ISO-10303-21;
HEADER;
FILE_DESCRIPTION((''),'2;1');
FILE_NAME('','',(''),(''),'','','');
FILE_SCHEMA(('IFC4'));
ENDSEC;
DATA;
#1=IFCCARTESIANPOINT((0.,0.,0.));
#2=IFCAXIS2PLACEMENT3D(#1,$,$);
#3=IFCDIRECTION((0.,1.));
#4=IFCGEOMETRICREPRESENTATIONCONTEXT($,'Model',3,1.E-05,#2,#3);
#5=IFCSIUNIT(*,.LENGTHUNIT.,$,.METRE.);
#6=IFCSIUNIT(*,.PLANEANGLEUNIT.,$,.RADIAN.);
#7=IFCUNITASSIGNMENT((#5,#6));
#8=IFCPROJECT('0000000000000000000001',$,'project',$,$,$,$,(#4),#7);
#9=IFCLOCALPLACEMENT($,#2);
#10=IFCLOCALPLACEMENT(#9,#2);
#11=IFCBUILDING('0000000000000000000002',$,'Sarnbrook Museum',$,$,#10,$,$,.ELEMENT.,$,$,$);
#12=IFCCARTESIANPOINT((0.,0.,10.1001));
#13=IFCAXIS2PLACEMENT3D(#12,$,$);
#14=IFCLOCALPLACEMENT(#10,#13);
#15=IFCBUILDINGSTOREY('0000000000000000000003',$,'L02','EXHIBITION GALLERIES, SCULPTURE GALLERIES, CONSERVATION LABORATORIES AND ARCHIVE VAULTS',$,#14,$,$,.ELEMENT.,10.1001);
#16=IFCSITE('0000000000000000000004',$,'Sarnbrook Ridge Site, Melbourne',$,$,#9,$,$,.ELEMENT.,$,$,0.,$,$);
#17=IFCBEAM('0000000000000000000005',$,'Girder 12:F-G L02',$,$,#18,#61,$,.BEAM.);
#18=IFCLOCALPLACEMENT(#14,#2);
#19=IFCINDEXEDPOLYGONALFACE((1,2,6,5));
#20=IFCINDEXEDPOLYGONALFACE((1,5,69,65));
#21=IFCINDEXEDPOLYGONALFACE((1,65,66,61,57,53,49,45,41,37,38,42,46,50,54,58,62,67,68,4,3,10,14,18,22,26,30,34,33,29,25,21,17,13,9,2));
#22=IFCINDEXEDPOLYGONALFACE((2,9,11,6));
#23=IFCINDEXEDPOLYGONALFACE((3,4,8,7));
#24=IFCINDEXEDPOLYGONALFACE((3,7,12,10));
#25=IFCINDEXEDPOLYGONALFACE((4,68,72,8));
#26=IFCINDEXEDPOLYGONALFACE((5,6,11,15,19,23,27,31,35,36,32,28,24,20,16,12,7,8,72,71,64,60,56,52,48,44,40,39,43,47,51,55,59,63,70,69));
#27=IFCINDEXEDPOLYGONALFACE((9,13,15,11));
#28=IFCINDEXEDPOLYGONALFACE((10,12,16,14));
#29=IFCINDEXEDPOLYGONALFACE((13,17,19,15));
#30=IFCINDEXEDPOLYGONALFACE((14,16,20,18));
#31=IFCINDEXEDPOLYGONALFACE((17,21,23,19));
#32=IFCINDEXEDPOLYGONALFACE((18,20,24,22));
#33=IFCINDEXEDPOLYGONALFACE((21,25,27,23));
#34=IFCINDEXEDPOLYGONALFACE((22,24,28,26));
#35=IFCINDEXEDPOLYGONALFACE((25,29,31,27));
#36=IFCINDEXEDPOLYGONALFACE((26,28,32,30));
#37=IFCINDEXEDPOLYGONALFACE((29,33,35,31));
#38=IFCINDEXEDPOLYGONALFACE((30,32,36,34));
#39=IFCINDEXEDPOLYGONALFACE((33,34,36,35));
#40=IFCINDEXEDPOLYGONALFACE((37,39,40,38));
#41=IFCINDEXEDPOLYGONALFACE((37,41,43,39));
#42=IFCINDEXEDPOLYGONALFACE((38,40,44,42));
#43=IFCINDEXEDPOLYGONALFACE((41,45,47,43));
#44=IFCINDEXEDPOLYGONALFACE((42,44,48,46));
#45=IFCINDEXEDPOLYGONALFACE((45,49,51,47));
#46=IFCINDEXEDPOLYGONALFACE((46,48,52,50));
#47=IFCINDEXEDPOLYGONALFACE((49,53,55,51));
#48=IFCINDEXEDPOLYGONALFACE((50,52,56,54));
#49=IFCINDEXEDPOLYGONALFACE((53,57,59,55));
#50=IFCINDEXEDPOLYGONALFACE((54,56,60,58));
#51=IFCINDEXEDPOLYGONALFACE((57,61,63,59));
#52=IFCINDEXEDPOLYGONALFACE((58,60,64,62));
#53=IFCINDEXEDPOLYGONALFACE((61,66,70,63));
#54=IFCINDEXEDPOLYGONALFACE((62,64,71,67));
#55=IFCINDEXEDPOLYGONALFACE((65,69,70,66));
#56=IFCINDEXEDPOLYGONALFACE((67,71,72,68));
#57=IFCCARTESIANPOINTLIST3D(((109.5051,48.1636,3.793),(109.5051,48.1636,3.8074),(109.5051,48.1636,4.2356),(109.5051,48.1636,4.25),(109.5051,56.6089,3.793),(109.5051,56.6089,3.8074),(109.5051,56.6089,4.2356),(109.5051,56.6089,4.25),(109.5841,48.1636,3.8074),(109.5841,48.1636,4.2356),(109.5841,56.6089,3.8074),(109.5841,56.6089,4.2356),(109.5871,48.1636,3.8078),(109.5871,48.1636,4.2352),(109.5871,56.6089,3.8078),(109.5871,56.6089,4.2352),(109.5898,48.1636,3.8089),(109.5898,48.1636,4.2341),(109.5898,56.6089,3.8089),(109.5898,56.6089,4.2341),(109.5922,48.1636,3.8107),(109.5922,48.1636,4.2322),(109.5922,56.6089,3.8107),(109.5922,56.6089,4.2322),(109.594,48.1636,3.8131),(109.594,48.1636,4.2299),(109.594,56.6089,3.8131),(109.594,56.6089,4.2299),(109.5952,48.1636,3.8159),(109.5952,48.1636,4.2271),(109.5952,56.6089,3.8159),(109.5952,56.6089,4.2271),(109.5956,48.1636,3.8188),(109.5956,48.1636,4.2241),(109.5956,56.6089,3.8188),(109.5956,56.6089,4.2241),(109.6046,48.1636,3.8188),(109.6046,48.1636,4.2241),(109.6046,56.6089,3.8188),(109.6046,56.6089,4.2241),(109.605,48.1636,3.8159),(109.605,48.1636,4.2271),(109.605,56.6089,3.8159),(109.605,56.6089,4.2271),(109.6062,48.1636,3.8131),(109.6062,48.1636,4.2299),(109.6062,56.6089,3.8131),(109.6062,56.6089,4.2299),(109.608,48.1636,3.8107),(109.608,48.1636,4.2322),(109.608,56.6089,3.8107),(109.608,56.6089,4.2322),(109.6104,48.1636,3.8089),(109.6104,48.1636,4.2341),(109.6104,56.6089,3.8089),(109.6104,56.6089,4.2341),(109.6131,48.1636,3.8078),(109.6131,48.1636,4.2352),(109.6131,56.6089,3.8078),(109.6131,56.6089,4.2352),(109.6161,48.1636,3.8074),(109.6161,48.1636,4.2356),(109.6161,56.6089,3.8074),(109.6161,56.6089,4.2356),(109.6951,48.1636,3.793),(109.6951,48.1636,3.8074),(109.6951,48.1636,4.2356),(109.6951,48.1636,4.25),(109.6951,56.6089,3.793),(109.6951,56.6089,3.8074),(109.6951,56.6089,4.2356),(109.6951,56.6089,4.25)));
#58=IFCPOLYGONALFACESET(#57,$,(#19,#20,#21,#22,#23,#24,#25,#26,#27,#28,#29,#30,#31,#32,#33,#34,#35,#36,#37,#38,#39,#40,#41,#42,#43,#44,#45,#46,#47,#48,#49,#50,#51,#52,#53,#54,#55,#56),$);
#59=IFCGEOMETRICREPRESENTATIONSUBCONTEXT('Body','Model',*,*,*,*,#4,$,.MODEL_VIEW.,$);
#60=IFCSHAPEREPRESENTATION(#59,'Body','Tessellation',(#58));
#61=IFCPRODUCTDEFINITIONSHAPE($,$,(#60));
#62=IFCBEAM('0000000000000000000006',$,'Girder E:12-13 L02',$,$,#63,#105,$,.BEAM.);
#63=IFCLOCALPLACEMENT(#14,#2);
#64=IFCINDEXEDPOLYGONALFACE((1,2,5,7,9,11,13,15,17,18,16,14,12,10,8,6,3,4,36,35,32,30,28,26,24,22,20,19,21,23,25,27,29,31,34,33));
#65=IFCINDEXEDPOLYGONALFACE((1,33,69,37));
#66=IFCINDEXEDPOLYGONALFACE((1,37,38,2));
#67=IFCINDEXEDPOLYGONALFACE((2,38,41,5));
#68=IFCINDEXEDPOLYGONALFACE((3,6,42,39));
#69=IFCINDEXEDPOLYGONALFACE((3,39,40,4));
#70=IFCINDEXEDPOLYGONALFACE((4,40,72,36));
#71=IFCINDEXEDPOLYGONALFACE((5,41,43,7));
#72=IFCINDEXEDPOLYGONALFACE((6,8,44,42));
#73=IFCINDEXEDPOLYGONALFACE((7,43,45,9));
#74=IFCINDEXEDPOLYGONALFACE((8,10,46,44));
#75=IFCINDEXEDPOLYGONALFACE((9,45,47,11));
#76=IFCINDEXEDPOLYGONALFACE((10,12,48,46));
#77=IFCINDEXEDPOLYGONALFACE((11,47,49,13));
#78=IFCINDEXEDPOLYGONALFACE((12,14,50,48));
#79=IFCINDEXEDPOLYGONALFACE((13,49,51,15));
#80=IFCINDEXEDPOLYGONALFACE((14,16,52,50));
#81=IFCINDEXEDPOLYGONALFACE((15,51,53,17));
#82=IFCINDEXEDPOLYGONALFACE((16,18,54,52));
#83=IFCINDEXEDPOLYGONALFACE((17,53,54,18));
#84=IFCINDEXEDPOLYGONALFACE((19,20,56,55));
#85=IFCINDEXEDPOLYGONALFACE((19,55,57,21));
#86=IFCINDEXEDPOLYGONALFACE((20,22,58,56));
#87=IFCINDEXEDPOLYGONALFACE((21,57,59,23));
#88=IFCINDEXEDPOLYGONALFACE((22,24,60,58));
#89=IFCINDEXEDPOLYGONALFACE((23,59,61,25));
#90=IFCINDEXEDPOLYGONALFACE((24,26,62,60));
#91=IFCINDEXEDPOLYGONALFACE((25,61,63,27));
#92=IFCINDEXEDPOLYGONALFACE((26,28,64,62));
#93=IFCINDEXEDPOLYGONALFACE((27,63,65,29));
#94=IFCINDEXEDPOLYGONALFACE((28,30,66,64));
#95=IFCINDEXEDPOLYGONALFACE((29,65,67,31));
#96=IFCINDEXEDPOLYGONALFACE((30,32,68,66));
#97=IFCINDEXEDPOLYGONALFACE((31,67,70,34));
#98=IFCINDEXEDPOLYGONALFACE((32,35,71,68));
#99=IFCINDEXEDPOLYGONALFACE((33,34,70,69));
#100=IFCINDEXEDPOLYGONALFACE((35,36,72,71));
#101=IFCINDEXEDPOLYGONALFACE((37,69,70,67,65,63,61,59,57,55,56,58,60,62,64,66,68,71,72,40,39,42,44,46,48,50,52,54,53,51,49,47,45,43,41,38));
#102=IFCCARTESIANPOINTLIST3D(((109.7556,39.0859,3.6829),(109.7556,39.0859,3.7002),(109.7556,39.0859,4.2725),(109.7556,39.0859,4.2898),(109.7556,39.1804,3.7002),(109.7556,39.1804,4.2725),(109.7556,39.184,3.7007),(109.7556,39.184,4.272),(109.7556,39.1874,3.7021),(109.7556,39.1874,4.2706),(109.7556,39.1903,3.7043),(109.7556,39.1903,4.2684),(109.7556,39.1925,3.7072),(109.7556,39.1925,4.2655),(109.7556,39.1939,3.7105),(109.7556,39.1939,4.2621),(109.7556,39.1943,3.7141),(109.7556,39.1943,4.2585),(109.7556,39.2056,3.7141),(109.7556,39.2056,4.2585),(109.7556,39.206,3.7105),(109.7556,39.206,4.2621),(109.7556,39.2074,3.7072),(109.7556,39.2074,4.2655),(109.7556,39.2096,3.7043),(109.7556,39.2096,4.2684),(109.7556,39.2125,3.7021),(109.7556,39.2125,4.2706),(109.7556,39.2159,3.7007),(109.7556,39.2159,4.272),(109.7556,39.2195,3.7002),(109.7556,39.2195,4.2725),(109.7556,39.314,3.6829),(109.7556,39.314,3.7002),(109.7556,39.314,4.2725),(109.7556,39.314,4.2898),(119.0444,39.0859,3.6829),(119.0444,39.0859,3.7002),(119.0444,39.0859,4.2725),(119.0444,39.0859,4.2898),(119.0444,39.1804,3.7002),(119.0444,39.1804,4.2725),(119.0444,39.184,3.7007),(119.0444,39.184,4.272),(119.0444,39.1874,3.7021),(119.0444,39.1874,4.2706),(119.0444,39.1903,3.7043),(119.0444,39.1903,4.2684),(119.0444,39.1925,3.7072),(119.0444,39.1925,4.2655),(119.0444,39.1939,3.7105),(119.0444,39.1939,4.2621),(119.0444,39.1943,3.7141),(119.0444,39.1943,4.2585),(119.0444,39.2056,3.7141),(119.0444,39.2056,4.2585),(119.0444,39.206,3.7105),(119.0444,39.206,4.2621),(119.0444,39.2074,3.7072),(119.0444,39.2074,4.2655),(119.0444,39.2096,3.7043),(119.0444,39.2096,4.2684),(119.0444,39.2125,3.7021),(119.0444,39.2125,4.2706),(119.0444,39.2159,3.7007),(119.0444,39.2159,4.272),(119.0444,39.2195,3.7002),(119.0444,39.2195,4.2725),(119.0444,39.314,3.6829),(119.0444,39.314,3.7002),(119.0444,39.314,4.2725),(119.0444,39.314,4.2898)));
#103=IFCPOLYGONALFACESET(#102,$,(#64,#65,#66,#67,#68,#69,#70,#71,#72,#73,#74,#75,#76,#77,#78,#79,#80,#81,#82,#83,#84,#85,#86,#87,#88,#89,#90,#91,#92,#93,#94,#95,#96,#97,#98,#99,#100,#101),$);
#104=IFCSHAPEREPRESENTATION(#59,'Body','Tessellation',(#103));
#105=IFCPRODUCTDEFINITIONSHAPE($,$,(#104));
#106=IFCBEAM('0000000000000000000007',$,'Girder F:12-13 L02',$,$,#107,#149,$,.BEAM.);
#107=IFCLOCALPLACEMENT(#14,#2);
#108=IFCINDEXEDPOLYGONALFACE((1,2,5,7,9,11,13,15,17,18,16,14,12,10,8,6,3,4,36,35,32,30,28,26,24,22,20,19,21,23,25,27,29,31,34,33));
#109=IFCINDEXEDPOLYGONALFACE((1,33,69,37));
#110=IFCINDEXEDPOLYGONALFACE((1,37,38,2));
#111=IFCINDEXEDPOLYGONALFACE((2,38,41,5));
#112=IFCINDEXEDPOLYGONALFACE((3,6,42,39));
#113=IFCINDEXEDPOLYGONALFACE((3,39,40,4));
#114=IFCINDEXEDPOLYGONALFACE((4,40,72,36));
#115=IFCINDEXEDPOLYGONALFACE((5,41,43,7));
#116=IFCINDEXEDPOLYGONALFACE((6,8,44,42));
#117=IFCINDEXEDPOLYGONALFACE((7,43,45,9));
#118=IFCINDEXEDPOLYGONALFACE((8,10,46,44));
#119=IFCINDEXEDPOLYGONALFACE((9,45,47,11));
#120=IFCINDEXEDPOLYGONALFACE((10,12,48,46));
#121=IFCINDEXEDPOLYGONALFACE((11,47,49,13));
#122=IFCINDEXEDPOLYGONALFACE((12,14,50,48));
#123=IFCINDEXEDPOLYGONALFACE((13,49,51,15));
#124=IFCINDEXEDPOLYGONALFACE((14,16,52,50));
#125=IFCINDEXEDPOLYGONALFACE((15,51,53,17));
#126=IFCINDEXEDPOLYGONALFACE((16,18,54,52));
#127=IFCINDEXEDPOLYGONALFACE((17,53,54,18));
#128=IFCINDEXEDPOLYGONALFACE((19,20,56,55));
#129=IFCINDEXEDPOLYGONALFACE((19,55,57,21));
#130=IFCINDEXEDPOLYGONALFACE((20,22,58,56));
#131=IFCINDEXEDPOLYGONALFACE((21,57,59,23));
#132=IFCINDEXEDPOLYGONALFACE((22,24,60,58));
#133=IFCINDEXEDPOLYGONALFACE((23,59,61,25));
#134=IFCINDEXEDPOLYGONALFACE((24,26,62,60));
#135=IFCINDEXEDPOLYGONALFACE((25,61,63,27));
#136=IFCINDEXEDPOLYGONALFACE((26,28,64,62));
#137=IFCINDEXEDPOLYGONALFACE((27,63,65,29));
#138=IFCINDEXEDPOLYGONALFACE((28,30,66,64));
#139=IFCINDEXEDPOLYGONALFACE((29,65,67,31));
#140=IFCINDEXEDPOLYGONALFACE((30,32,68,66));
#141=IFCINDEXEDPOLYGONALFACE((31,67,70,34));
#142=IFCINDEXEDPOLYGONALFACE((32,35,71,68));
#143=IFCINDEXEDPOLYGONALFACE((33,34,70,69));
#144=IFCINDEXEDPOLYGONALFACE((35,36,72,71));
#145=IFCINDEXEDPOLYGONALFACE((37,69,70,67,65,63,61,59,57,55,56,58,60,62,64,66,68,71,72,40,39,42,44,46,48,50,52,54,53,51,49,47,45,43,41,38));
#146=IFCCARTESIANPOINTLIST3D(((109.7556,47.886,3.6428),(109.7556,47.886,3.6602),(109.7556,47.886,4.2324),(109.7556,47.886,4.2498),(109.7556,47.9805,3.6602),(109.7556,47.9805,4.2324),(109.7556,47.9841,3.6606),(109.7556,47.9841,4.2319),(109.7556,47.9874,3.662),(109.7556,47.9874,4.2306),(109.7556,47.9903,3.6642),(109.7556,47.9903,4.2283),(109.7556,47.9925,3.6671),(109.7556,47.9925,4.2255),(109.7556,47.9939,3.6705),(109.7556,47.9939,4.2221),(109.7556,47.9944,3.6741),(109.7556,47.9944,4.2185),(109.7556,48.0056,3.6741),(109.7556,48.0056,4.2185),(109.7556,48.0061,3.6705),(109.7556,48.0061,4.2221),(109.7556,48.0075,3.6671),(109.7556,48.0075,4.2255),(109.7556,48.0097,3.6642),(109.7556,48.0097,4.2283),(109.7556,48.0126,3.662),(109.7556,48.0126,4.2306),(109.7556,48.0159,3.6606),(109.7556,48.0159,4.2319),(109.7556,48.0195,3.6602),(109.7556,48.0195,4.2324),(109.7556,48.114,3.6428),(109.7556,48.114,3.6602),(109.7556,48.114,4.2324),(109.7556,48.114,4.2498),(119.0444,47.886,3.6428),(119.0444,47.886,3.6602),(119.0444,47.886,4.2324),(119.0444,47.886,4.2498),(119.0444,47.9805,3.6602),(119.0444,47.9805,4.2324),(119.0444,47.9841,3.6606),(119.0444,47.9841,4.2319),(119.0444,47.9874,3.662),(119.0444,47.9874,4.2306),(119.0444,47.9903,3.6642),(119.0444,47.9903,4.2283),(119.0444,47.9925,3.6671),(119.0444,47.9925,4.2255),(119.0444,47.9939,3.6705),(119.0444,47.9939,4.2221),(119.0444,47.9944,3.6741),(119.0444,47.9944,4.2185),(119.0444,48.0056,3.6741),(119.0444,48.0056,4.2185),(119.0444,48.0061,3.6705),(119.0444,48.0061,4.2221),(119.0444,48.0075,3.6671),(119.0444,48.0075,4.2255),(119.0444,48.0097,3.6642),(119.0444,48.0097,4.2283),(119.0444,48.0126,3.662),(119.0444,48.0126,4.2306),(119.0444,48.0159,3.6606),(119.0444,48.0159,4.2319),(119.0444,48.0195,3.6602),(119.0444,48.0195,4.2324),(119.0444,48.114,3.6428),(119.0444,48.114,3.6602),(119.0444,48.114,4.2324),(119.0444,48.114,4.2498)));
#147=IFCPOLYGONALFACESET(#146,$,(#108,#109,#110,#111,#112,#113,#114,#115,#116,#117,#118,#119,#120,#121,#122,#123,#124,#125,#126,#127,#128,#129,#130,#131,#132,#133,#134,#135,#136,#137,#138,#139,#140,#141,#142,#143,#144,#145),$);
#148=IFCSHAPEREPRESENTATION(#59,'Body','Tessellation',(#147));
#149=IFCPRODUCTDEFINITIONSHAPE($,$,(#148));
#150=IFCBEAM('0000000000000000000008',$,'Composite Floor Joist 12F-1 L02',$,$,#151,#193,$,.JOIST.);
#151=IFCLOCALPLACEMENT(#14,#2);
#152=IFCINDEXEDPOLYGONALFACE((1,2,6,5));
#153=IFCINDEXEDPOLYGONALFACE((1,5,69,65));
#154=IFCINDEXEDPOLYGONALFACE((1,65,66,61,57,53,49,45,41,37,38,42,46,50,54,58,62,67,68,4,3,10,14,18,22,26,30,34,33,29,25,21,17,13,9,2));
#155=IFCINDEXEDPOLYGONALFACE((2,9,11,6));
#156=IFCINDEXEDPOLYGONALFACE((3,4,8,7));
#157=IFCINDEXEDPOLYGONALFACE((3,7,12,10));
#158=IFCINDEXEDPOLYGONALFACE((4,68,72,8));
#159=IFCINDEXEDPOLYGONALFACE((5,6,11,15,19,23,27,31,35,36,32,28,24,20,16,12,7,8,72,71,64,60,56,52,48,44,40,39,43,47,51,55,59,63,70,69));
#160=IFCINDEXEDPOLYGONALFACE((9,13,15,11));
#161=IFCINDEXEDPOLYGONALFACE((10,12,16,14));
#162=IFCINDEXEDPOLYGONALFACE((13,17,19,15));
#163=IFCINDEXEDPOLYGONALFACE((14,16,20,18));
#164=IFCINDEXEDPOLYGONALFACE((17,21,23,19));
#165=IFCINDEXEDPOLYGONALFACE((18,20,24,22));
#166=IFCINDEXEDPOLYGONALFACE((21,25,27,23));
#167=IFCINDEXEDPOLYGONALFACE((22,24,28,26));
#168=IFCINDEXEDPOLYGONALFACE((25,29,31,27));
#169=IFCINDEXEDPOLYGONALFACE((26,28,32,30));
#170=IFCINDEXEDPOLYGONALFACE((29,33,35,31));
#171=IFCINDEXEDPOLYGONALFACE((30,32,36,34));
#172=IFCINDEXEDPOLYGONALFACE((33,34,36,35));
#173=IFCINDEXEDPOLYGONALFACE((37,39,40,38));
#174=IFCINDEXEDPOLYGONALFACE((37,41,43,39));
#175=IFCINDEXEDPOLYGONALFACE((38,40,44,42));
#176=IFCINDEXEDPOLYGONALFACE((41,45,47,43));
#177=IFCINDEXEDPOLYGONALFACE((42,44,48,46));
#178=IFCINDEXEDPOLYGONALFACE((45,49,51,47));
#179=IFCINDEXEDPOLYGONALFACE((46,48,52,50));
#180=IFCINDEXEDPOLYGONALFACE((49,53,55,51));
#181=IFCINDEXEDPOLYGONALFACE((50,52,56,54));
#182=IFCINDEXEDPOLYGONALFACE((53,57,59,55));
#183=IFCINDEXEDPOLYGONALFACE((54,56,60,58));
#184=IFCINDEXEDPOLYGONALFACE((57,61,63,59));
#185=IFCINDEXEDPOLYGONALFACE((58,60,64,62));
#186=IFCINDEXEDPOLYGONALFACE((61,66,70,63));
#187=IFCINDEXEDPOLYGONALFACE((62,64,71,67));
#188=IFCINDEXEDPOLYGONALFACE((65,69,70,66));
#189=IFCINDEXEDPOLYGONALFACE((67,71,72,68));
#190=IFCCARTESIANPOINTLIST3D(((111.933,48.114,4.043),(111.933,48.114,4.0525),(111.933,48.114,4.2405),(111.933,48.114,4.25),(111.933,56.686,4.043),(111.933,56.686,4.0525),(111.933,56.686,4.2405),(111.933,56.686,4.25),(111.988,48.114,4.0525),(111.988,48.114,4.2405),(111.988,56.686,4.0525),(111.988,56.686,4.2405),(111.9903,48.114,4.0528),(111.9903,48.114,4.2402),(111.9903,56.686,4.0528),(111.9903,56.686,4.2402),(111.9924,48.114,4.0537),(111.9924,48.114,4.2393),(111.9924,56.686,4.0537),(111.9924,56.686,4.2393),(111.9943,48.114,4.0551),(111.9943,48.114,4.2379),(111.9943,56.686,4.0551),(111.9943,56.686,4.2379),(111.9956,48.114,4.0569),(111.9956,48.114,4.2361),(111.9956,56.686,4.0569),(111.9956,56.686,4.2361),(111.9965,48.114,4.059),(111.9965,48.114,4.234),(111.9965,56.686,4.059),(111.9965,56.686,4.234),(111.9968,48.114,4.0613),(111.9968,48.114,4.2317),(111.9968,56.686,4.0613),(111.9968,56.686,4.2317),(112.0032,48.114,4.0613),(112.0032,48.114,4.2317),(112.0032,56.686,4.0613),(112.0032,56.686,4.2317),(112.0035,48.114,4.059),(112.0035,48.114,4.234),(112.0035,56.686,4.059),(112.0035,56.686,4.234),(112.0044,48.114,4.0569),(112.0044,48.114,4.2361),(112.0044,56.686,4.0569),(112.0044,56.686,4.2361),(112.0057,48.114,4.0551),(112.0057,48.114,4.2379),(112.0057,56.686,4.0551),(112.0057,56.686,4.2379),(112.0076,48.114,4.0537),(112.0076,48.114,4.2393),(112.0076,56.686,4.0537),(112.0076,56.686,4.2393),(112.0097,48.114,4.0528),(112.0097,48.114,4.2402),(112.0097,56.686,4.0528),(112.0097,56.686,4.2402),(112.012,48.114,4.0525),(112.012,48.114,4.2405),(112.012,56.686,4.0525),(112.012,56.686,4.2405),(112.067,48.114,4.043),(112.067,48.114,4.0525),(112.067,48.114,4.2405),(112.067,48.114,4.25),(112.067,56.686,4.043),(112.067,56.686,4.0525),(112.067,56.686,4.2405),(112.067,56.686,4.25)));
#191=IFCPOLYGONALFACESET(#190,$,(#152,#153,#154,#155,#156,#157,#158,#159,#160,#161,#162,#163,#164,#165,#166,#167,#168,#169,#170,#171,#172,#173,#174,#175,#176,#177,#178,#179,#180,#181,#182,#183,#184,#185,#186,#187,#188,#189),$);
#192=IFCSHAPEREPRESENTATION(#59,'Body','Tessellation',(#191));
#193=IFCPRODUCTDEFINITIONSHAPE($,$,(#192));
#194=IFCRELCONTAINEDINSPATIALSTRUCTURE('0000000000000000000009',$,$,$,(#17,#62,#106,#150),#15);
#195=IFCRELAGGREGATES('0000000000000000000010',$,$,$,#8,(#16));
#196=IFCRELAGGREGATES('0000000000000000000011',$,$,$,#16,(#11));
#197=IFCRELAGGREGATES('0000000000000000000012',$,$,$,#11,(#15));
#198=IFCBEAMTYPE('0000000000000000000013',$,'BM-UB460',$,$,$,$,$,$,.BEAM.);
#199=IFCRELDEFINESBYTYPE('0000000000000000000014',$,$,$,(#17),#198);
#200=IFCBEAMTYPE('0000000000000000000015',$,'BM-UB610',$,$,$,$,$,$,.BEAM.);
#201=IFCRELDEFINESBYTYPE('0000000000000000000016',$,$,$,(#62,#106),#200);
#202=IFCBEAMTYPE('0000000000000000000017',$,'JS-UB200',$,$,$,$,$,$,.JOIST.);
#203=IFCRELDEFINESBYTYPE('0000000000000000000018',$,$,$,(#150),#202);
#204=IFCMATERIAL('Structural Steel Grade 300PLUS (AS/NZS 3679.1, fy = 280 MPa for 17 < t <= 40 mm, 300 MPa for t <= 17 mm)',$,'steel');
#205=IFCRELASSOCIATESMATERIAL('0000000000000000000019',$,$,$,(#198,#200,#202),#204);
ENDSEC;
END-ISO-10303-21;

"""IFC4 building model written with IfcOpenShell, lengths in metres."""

from ifc_helpers import new_model, si_unit, direction, frame, origin, origin_2d, place, context, subcontext, project, spatial, i_section, extrude, material, material_profile, profile_set, type_object, element, save


model = new_model("IFC4")

# Units and contexts
model_context = context("Model", 3, precision=1e-05, world=origin(), true_north=direction((0.0, 1.0)))
body_context = subcontext(model_context, "Body", "Model", "MODEL_VIEW")
ifc_project = project(units=[si_unit("LENGTHUNIT", "METRE"), si_unit("PLANEANGLEUNIT", "RADIAN")], contexts=[model_context])

# Site, building, storey
site_placement = place(None, origin())
site = spatial("IfcSite", under=ifc_project, at=site_placement, Name="Sarnbrook Ridge Site, Melbourne", CompositionType="ELEMENT", RefElevation=0.0)
building_placement = place(site_placement, origin())
building = spatial("IfcBuilding", under=site, at=building_placement, Name="Sarnbrook Museum", CompositionType="ELEMENT")
storey_placement = place(building_placement, frame((0.0, 0.0, 10.1001)))
storey = spatial("IfcBuildingStorey", under=building, at=storey_placement, Name="L02", Description="EXHIBITION GALLERIES, SCULPTURE GALLERIES, CONSERVATION LABORATORIES AND ARCHIVE VAULTS", CompositionType="ELEMENT", Elevation=10.1001)

# Shared definitions
ifc_material_1 = material(Name="Structural Steel Grade 300PLUS (AS/NZS 3679.1, fy = 280 MPa for 17 < t <= 40 mm, 300 MPa for t <= 17 mm)", Category="steel")

# Beams
ifc_material_profile_1 = material_profile(ifc_material_1, i_section(OverallWidth=0.1899, OverallDepth=0.457, WebThickness=0.009, FlangeThickness=0.0144, FilletRadius=0.0115, at=origin_2d()), Name="460UB74.6")
ifc_profile_set_1 = profile_set([ifc_material_profile_1], Name="Structural Steel Grade 300PLUS (AS/NZS 3679.1, fy = 280 MPa for 17 < t <= 40 mm, 300 MPa for t <= 17 mm)")
beam_type_1 = type_object("IfcBeamType", Name="BM-UB460", PredefinedType="BEAM", material=ifc_profile_set_1)
beam_1_placement = place(storey_placement, frame((109.6001, 48.1636, 4.0215), z_axis=(0.0, 1.0, 0.0), x_axis=(-1.0, 0.0, 0.0)))
element("IfcBeam", 1, at=beam_1_placement, inside=storey, type_object=beam_type_1, Name="Girder 12:F-G L02", PredefinedType="BEAM", context=body_context, shape_type="SweptSolid", body=[
    extrude(i_section(OverallWidth=0.1899, OverallDepth=0.457, WebThickness=0.009, FlangeThickness=0.0144, FilletRadius=0.0115, at=origin_2d()), origin(), (0.0, 0.0, 1.0), 8.4453),
])
ifc_material_profile_2 = material_profile(ifc_material_1, i_section(OverallWidth=0.228, OverallDepth=0.6069, WebThickness=0.0112, FlangeThickness=0.0173, FilletRadius=0.0139, at=origin_2d()), Name="610UB113")
ifc_profile_set_2 = profile_set([ifc_material_profile_2], Name="Structural Steel Grade 300PLUS (AS/NZS 3679.1, fy = 280 MPa for 17 < t <= 40 mm, 300 MPa for t <= 17 mm)")
beam_type_2 = type_object("IfcBeamType", Name="BM-UB610", PredefinedType="BEAM", material=ifc_profile_set_2)
for number, where, z_axis, x_axis, name in (
    (2, (109.7556, 39.2, 3.9863), (1.0, 0.0, 0.0), (0.0, 1.0, 0.0), "Girder E:12-13 L02"),
    (3, (109.7556, 48.0, 3.9463), (1.0, 0.0, 0.0), (0.0, 1.0, 0.0), "Girder F:12-13 L02"),
):
    element("IfcBeam", number, at=place(storey_placement, frame(where, z_axis=z_axis, x_axis=x_axis)), inside=storey, type_object=beam_type_2, Name=name, PredefinedType="BEAM", context=body_context, shape_type="SweptSolid", body=[
        extrude(i_section(OverallWidth=0.228, OverallDepth=0.6069, WebThickness=0.0112, FlangeThickness=0.0173, FilletRadius=0.0139, at=origin_2d()), origin(), (0.0, 0.0, 1.0), 9.2888),
    ])
ifc_material_profile_3 = material_profile(ifc_material_1, i_section(OverallWidth=0.134, OverallDepth=0.207, WebThickness=0.0063, FlangeThickness=0.0095, FilletRadius=0.0088, at=origin_2d()), Name="200UB29.8")
ifc_profile_set_3 = profile_set([ifc_material_profile_3], Name="Structural Steel Grade 300PLUS (AS/NZS 3679.1, fy = 280 MPa for 17 < t <= 40 mm, 300 MPa for t <= 17 mm)")
beam_type_3 = type_object("IfcBeamType", Name="JS-UB200", PredefinedType="JOIST", material=ifc_profile_set_3)
for number, where, z_axis, x_axis, name in (
    (4, (112.0, 48.114, 4.1465), (0.0, 1.0, 0.0), (-1.0, 0.0, 0.0), "Composite Floor Joist 12F-1 L02"),
):
    element("IfcBeam", number, at=place(storey_placement, frame(where, z_axis=z_axis, x_axis=x_axis)), inside=storey, type_object=beam_type_3, Name=name, PredefinedType="JOIST", context=body_context, shape_type="SweptSolid", body=[
        extrude(i_section(OverallWidth=0.134, OverallDepth=0.207, WebThickness=0.0063, FlangeThickness=0.0095, FilletRadius=0.0088, at=origin_2d()), origin(), (0.0, 0.0, 1.0), 8.572),
    ])

save(model, "model.ifc")
